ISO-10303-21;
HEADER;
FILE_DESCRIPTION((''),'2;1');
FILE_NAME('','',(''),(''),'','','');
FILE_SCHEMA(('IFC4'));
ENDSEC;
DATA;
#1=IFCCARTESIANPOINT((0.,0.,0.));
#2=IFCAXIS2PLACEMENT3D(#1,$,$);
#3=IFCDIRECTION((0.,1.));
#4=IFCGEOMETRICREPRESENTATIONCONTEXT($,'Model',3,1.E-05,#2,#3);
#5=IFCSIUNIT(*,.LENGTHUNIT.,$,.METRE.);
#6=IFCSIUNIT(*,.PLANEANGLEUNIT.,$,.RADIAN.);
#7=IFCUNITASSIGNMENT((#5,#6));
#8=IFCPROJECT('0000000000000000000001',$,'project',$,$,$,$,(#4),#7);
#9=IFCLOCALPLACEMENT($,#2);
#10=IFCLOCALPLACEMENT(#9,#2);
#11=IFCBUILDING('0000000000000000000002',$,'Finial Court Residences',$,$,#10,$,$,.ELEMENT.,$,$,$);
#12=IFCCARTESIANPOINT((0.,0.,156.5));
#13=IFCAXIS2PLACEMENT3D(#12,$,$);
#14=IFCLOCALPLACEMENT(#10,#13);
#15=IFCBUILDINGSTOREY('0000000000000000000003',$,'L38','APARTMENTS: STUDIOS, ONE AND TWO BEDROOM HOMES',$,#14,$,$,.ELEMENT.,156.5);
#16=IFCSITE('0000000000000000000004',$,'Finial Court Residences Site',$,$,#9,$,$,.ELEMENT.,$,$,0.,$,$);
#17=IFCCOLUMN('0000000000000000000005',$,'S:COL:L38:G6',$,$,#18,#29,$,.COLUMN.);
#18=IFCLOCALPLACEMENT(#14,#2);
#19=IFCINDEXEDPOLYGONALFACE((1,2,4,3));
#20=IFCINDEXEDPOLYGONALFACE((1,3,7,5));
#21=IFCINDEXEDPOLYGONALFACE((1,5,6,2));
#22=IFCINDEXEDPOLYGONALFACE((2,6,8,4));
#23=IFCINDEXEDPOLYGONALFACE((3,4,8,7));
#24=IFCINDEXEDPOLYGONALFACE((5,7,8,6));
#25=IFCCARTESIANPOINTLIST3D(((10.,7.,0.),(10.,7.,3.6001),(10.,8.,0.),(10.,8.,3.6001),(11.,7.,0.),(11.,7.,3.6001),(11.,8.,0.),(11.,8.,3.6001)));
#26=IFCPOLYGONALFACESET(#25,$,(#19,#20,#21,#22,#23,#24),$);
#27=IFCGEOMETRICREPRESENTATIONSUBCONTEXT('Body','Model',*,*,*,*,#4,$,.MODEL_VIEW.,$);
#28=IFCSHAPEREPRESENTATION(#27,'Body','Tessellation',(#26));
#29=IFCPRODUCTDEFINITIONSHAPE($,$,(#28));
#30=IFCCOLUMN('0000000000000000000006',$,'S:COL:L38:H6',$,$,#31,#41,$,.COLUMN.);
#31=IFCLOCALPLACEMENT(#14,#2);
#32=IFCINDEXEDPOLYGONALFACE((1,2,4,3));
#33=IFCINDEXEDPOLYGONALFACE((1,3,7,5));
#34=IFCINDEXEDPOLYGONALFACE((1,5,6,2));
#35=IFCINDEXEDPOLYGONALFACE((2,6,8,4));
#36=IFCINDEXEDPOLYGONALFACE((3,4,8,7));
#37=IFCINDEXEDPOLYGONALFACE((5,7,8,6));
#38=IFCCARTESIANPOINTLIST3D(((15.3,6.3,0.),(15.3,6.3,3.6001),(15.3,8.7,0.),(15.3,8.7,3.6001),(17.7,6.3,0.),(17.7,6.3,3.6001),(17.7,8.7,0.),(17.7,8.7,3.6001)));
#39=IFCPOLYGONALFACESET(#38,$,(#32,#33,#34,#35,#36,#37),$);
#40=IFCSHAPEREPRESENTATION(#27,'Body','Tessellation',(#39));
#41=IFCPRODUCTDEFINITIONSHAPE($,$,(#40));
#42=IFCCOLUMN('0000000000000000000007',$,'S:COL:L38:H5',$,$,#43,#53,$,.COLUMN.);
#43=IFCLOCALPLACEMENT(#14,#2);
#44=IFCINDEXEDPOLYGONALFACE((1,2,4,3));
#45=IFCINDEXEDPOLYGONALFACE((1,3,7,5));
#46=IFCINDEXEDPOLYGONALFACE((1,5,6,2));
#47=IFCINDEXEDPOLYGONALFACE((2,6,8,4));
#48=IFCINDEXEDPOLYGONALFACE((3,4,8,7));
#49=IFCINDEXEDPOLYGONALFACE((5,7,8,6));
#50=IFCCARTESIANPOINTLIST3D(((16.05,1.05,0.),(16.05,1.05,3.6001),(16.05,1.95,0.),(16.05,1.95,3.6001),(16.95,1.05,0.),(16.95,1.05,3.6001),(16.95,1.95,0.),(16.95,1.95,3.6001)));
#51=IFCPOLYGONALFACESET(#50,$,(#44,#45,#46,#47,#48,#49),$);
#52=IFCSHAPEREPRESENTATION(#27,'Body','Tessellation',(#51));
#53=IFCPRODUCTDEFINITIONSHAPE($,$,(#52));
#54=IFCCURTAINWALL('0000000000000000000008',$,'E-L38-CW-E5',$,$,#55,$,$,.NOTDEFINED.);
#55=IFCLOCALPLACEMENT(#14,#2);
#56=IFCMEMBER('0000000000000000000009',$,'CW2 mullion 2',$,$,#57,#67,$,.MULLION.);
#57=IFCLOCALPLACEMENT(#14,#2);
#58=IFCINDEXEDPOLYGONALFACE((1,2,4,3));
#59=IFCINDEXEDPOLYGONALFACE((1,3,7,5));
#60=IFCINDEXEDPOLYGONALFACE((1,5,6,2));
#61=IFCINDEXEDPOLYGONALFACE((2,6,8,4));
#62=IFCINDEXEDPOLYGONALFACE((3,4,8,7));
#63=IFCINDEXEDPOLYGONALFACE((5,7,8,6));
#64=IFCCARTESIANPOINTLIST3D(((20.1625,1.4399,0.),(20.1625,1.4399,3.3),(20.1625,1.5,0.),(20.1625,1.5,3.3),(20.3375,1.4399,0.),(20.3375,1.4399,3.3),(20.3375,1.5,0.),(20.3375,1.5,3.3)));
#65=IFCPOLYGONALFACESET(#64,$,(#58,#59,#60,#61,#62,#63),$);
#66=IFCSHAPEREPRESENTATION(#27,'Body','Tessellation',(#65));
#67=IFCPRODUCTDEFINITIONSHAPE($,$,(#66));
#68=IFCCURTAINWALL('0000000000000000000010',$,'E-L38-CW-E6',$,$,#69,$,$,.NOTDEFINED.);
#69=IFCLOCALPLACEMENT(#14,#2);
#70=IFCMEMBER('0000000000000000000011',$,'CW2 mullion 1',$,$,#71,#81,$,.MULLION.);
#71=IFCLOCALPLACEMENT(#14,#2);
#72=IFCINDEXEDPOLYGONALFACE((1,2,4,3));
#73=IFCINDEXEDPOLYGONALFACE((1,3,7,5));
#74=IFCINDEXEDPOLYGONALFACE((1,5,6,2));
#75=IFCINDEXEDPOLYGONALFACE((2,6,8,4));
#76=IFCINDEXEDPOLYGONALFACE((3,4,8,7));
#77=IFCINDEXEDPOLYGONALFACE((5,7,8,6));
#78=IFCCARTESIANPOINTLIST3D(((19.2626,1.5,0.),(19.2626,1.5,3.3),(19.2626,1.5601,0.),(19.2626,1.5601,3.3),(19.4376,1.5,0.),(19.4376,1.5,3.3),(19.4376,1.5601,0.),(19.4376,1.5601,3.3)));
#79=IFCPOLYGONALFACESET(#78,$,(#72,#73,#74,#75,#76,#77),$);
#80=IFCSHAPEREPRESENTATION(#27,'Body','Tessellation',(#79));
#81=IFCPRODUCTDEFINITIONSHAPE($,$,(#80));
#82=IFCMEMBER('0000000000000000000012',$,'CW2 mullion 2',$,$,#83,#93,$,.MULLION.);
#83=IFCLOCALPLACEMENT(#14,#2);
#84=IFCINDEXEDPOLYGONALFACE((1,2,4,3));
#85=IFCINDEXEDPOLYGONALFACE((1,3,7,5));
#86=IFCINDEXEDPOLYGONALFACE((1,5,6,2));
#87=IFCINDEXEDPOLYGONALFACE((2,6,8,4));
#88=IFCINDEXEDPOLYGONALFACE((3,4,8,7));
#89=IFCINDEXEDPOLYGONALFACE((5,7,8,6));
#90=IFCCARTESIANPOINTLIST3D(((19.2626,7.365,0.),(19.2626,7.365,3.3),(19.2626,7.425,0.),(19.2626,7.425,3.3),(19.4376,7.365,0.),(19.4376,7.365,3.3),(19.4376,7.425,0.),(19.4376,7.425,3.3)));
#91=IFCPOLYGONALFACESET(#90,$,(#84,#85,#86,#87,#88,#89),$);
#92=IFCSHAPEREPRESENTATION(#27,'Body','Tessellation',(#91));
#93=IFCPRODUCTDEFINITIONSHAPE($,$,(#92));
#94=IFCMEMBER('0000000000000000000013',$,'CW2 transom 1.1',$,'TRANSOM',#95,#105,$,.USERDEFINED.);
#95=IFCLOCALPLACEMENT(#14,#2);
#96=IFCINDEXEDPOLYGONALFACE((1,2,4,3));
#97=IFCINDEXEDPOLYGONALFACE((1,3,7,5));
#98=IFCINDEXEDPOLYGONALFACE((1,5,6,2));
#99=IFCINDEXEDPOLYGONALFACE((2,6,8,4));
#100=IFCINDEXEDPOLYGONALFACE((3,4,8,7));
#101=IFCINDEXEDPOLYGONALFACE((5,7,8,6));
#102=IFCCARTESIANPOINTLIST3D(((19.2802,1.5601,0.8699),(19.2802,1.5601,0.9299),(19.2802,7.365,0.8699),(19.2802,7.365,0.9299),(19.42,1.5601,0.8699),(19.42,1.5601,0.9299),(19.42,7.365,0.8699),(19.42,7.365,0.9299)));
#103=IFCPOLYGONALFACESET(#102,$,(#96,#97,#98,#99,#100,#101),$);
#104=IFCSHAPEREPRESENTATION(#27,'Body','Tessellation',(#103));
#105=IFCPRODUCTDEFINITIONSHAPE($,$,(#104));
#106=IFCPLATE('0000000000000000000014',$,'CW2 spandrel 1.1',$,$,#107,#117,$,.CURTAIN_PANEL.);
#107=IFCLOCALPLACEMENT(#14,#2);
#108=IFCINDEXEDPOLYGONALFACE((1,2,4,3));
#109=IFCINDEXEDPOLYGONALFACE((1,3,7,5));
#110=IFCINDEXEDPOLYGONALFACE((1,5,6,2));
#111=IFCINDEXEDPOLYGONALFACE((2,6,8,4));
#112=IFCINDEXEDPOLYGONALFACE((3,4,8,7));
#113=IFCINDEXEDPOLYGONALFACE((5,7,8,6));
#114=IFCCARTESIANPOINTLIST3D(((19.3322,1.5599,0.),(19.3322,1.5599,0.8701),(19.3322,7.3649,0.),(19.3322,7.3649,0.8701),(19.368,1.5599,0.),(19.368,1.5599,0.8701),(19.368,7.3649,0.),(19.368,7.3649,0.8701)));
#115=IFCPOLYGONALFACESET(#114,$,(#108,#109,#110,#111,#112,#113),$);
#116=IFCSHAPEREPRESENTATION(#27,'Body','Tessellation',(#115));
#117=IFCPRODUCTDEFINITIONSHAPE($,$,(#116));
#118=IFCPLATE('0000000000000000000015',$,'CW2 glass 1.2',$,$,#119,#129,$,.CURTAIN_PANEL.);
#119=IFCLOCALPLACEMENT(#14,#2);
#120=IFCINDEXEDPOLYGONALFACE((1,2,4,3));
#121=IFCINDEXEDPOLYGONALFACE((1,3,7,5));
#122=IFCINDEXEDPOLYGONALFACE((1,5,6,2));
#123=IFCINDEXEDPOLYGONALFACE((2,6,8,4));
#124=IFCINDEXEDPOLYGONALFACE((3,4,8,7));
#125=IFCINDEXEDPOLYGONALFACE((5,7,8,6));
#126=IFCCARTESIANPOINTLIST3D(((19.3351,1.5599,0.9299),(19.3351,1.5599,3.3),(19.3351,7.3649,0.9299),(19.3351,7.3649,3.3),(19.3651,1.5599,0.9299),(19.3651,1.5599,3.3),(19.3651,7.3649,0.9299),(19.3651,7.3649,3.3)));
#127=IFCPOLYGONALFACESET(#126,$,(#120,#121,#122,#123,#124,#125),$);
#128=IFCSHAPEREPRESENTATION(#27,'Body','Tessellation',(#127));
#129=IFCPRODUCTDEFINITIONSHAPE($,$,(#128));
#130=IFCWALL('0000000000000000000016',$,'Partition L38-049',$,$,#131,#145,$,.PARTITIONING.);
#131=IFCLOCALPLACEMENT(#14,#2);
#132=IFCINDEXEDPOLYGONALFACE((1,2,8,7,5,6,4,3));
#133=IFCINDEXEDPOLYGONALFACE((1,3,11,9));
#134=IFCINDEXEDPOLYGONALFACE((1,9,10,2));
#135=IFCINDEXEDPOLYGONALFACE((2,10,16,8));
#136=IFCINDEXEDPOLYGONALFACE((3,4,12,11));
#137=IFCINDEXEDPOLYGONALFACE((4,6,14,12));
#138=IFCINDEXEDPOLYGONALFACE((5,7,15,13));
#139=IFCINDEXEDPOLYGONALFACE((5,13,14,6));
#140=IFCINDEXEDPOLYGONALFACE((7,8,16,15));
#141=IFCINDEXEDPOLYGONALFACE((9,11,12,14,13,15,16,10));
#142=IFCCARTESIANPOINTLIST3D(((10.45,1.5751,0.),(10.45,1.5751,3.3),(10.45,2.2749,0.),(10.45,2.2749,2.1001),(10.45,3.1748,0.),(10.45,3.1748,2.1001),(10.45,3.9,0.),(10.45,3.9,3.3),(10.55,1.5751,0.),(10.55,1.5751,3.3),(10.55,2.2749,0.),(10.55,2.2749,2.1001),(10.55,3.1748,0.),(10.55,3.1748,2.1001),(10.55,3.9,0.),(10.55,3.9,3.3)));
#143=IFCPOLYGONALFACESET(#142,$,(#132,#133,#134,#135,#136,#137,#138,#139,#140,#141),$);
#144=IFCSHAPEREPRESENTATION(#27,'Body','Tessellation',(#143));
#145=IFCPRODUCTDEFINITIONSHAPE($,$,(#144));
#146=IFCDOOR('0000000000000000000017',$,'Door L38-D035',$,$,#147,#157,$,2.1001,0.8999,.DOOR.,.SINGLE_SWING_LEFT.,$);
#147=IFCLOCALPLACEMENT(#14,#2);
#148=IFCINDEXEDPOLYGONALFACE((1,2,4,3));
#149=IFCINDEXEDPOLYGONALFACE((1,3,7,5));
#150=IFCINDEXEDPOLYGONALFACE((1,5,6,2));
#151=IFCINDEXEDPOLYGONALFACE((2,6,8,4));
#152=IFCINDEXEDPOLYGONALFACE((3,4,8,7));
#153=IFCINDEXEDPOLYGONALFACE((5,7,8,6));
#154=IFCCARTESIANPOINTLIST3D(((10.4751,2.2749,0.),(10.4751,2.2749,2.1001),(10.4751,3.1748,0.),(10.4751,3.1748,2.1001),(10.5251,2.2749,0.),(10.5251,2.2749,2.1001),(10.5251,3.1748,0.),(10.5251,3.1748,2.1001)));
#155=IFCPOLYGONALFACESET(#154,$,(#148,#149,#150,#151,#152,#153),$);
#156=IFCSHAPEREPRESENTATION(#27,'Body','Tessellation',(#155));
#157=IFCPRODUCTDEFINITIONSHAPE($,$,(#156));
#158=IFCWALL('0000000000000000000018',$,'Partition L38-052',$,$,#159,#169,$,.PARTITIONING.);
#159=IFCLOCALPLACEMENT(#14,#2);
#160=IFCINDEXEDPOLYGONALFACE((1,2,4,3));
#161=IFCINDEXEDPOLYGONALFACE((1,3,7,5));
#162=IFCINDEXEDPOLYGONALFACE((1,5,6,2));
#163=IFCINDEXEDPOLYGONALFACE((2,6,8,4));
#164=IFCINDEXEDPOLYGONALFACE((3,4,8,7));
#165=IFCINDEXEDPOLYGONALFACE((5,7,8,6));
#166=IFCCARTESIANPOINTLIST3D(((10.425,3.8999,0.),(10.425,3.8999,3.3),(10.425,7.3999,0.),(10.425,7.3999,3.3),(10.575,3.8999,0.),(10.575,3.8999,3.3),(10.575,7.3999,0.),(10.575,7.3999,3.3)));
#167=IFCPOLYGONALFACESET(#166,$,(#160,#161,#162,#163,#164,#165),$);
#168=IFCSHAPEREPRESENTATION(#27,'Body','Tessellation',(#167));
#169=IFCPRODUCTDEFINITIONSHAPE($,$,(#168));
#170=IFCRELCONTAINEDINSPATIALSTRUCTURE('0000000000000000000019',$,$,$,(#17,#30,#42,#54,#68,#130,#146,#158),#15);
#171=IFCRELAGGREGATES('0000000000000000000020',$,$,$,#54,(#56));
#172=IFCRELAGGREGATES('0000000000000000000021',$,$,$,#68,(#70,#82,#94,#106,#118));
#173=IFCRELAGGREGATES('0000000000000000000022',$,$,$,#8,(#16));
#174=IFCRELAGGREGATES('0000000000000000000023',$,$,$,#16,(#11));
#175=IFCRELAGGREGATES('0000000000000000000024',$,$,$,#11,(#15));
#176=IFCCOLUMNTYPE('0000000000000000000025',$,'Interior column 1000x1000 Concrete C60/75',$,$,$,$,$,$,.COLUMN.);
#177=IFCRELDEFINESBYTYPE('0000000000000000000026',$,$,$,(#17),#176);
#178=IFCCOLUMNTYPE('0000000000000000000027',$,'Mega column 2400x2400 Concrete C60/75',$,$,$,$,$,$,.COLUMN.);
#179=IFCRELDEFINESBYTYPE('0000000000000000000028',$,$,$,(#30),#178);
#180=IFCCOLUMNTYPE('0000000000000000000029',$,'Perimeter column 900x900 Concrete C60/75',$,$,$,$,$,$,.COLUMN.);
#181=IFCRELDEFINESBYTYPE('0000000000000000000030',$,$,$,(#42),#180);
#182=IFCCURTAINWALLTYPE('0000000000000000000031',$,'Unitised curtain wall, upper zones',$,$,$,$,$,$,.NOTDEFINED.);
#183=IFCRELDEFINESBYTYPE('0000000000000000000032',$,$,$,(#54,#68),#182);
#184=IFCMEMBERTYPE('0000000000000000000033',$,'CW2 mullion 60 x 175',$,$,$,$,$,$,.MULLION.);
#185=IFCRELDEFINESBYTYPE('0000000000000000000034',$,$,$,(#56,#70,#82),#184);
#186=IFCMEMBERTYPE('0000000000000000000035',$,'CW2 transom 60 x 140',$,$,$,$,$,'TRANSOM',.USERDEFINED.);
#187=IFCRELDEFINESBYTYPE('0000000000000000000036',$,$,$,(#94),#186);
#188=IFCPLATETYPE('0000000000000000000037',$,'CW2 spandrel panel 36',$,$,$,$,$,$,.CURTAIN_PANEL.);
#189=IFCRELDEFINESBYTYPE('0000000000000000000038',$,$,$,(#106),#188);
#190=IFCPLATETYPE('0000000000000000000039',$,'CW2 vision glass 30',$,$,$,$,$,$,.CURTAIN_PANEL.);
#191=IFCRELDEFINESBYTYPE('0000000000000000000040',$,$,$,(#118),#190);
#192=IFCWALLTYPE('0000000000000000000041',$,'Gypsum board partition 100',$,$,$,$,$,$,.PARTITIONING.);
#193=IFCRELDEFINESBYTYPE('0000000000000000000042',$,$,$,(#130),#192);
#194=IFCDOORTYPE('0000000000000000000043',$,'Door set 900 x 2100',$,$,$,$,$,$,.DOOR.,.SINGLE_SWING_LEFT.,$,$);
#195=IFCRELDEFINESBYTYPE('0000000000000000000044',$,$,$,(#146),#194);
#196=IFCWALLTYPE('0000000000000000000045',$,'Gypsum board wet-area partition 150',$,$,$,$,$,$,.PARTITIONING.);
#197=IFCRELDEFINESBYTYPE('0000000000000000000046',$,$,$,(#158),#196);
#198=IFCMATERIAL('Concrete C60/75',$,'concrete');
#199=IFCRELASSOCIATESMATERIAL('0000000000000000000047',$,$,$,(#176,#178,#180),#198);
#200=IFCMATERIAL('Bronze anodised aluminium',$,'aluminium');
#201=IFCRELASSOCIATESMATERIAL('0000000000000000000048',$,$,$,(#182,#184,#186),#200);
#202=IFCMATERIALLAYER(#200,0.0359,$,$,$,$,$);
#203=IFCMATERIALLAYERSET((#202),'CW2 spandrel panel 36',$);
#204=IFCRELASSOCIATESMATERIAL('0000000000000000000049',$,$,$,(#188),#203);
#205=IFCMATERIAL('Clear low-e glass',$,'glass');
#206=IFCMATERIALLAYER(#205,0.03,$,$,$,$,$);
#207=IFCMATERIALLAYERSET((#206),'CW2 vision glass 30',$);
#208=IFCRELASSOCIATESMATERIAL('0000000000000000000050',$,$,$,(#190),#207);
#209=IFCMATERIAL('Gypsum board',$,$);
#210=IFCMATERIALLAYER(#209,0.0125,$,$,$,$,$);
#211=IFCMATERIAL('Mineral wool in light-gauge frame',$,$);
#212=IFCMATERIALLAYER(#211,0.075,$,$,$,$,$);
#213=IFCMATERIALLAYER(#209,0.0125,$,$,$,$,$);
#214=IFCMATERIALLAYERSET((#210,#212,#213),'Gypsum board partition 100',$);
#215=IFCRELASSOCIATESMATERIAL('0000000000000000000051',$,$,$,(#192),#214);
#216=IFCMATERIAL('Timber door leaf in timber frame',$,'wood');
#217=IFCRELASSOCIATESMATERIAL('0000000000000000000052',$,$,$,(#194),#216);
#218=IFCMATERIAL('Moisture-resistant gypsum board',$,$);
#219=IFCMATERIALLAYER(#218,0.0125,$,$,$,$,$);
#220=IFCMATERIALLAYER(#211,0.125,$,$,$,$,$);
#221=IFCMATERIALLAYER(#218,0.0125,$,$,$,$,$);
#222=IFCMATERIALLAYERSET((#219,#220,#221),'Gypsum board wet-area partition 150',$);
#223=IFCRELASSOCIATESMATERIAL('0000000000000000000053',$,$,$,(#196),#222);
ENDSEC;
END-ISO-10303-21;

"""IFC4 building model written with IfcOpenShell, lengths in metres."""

from ifc_helpers import new_model, si_unit, direction, frame, frame_2d, origin, origin_2d, place, context, subcontext, project, spatial, rectangle, extrude, material, layer, layer_set, material_profile, profile_set, type_object, element, fill, aggregate, save


model = new_model("IFC4")

# Units and contexts
model_context = context("Model", 3, precision=1e-05, world=origin(), true_north=direction((0.0, 1.0)))
body_context = subcontext(model_context, "Body", "Model", "MODEL_VIEW")
ifc_project = project(units=[si_unit("LENGTHUNIT", "METRE"), si_unit("PLANEANGLEUNIT", "RADIAN")], contexts=[model_context])

# Site, building, storey
site_placement = place(None, origin())
site = spatial("IfcSite", under=ifc_project, at=site_placement, Name="Finial Court Residences Site", CompositionType="ELEMENT", RefElevation=0.0)
building_placement = place(site_placement, origin())
building = spatial("IfcBuilding", under=site, at=building_placement, Name="Finial Court Residences", CompositionType="ELEMENT")
storey_placement = place(building_placement, frame((0.0, 0.0, 156.5)))
storey = spatial("IfcBuildingStorey", under=building, at=storey_placement, Name="L38", Description="APARTMENTS: STUDIOS, ONE AND TWO BEDROOM HOMES", CompositionType="ELEMENT", Elevation=156.5)

# Columns
ifc_material_1 = material(Name="Concrete C60/75", Category="concrete")
ifc_material_profile_1 = material_profile(ifc_material_1, rectangle(XDim=1.0, YDim=1.0, at=origin_2d()), Name="1000x1000")
ifc_profile_set_1 = profile_set([ifc_material_profile_1], Name="Concrete C60/75")
column_type_1 = type_object("IfcColumnType", Name="Interior column 1000x1000 Concrete C60/75", PredefinedType="COLUMN", material=ifc_profile_set_1)
column_1_placement = place(storey_placement, frame((10.5, 7.5, 0.0), z_axis=(0.0, 0.0, 1.0), x_axis=(1.0, 0.0, 0.0)))
element("IfcColumn", 1, at=column_1_placement, inside=storey, type_object=column_type_1, Name="S:COL:L38:G6", PredefinedType="COLUMN", context=body_context, shape_type="SweptSolid", body=[
    extrude(rectangle(XDim=1.0, YDim=1.0, at=origin_2d()), origin(), (0.0, 0.0, 1.0), 3.6001),
])
ifc_material_profile_2 = material_profile(ifc_material_1, rectangle(XDim=2.3999, YDim=2.3999, at=origin_2d()), Name="2400x2400")
ifc_profile_set_2 = profile_set([ifc_material_profile_2], Name="Concrete C60/75")
column_type_2 = type_object("IfcColumnType", Name="Mega column 2400x2400 Concrete C60/75", PredefinedType="COLUMN", material=ifc_profile_set_2)
column_2_placement = place(storey_placement, frame((16.5, 7.5, 0.0), z_axis=(0.0, 0.0, 1.0), x_axis=(1.0, 0.0, 0.0)))
element("IfcColumn", 2, at=column_2_placement, inside=storey, type_object=column_type_2, Name="S:COL:L38:H6", PredefinedType="COLUMN", context=body_context, shape_type="SweptSolid", body=[
    extrude(rectangle(XDim=2.3999, YDim=2.3999, at=origin_2d()), origin(), (0.0, 0.0, 1.0), 3.6001),
])
ifc_material_profile_3 = material_profile(ifc_material_1, rectangle(XDim=0.8999, YDim=0.8999, at=origin_2d()), Name="900x900")
ifc_profile_set_3 = profile_set([ifc_material_profile_3], Name="Concrete C60/75")
column_type_3 = type_object("IfcColumnType", Name="Perimeter column 900x900 Concrete C60/75", PredefinedType="COLUMN", material=ifc_profile_set_3)
column_3_placement = place(storey_placement, frame((16.5, 1.5, 0.0), z_axis=(0.0, 0.0, 1.0), x_axis=(1.0, 0.0, 0.0)))
element("IfcColumn", 3, at=column_3_placement, inside=storey, type_object=column_type_3, Name="S:COL:L38:H5", PredefinedType="COLUMN", context=body_context, shape_type="SweptSolid", body=[
    extrude(rectangle(XDim=0.8999, YDim=0.8999, at=origin_2d()), origin(), (0.0, 0.0, 1.0), 3.6001),
])

# Curtain wall, member
ifc_material_2 = material(Name="Bronze anodised aluminium", Category="aluminium")
curtain_wall_type = type_object("IfcCurtainWallType", Name="Unitised curtain wall, upper zones", PredefinedType="NOTDEFINED", material=ifc_material_2)
curtain_wall_1_placement = place(storey_placement, origin())
curtain_wall_1 = element("IfcCurtainWall", 4, at=curtain_wall_1_placement, inside=storey, type_object=curtain_wall_type, Name="E-L38-CW-E5", PredefinedType="NOTDEFINED")
ifc_material_profile_4 = material_profile(ifc_material_2, rectangle(XDim=0.175, YDim=0.0601, at=origin_2d()), Name="CW2 mullion 60 x 175")
ifc_profile_set_4 = profile_set([ifc_material_profile_4], Name="Bronze anodised aluminium")
member_type_1 = type_object("IfcMemberType", Name="CW2 mullion 60 x 175", PredefinedType="MULLION", material=ifc_profile_set_4)
member_1_placement = place(storey_placement, frame((20.25, 1.47, 0.0), z_axis=(0.0, 0.0, 1.0), x_axis=(-1.0, 0.0, 0.0)))
member_1 = element("IfcMember", 5, at=member_1_placement, type_object=member_type_1, Name="CW2 mullion 2", PredefinedType="MULLION", context=body_context, shape_type="SweptSolid", body=[
    extrude(rectangle(XDim=0.175, YDim=0.0601, at=origin_2d()), origin(), (0.0, 0.0, 1.0), 3.3),
])
aggregate(curtain_wall_1, [member_1])

# Curtain wall, members, plates
curtain_wall_2_placement = place(storey_placement, origin())
curtain_wall_2 = element("IfcCurtainWall", 6, at=curtain_wall_2_placement, inside=storey, type_object=curtain_wall_type, Name="E-L38-CW-E6", PredefinedType="NOTDEFINED")
member_2_placement = place(storey_placement, frame((19.3501, 1.53, 0.0), z_axis=(0.0, 0.0, 1.0), x_axis=(-1.0, 0.0, 0.0)))
member_2 = element("IfcMember", 7, at=member_2_placement, type_object=member_type_1, Name="CW2 mullion 1", PredefinedType="MULLION", context=body_context, shape_type="SweptSolid", body=[
    extrude(rectangle(XDim=0.175, YDim=0.0601, at=origin_2d()), origin(), (0.0, 0.0, 1.0), 3.3),
])
member_3_placement = place(storey_placement, frame((19.3501, 7.395, 0.0), z_axis=(0.0, 0.0, 1.0), x_axis=(-1.0, 0.0, 0.0)))
member_3 = element("IfcMember", 8, at=member_3_placement, type_object=member_type_1, Name="CW2 mullion 2", PredefinedType="MULLION", context=body_context, shape_type="SweptSolid", body=[
    extrude(rectangle(XDim=0.175, YDim=0.0601, at=origin_2d()), origin(), (0.0, 0.0, 1.0), 3.3),
])
ifc_material_profile_5 = material_profile(ifc_material_2, rectangle(XDim=0.1399, YDim=0.0601, at=origin_2d()), Name="CW2 transom 60 x 140")
ifc_profile_set_5 = profile_set([ifc_material_profile_5], Name="Bronze anodised aluminium")
member_type_2 = type_object("IfcMemberType", Name="CW2 transom 60 x 140", ElementType="TRANSOM", PredefinedType="USERDEFINED", material=ifc_profile_set_5)
member_4_placement = place(storey_placement, frame((19.3501, 1.5601, 0.8999), z_axis=(0.0, 1.0, 0.0), x_axis=(-1.0, 0.0, 0.0)))
member_4 = element("IfcMember", 9, at=member_4_placement, type_object=member_type_2, Name="CW2 transom 1.1", ObjectType="TRANSOM", PredefinedType="USERDEFINED", context=body_context, shape_type="SweptSolid", body=[
    extrude(rectangle(XDim=0.1399, YDim=0.0601, at=origin_2d()), origin(), (0.0, 0.0, 1.0), 5.8049),
])
ifc_layer_1 = layer(ifc_material_2, 0.0359)
ifc_layer_set_1 = layer_set([ifc_layer_1], Name="CW2 spandrel panel 36")
plate_type_1 = type_object("IfcPlateType", Name="CW2 spandrel panel 36", PredefinedType="CURTAIN_PANEL", material=ifc_layer_set_1)
plate_1_placement = place(storey_placement, frame((19.3501, 4.4624, 0.0), z_axis=(0.0, 0.0, 1.0), x_axis=(0.0, 1.0, 0.0)))
plate_1 = element("IfcPlate", 10, at=plate_1_placement, type_object=plate_type_1, Name="CW2 spandrel 1.1", PredefinedType="CURTAIN_PANEL", context=body_context, shape_type="SweptSolid", body=[
    extrude(rectangle(XDim=5.8049, YDim=0.0359, at=origin_2d()), origin(), (0.0, 0.0, 1.0), 0.8701),
])
ifc_material_3 = material(Name="Clear low-e glass", Category="glass")
ifc_layer_2 = layer(ifc_material_3, 0.03)
ifc_layer_set_2 = layer_set([ifc_layer_2], Name="CW2 vision glass 30")
plate_type_2 = type_object("IfcPlateType", Name="CW2 vision glass 30", PredefinedType="CURTAIN_PANEL", material=ifc_layer_set_2)
plate_2_placement = place(storey_placement, frame((19.3501, 4.4624, 0.9299), z_axis=(0.0, 0.0, 1.0), x_axis=(0.0, 1.0, 0.0)))
plate_2 = element("IfcPlate", 11, at=plate_2_placement, type_object=plate_type_2, Name="CW2 glass 1.2", PredefinedType="CURTAIN_PANEL", context=body_context, shape_type="SweptSolid", body=[
    extrude(rectangle(XDim=5.8049, YDim=0.03, at=origin_2d()), origin(), (0.0, 0.0, 1.0), 2.3701),
])
aggregate(curtain_wall_2, [member_2, member_3, member_4, plate_1, plate_2])

# Wall, opening, door
ifc_material_4 = material(Name="Gypsum board")
ifc_layer_3 = layer(ifc_material_4, 0.0125)
ifc_material_5 = material(Name="Mineral wool in light-gauge frame")
ifc_layer_4 = layer(ifc_material_5, 0.075)
ifc_layer_5 = layer(ifc_material_4, 0.0125)
ifc_layer_set_3 = layer_set([ifc_layer_3, ifc_layer_4, ifc_layer_5], Name="Gypsum board partition 100")
wall_type_1 = type_object("IfcWallType", Name="Gypsum board partition 100", PredefinedType="PARTITIONING", material=ifc_layer_set_3)
wall_1_placement = place(storey_placement, frame((10.5, 1.575, 0.0), z_axis=(0.0, 0.0, 1.0), x_axis=(0.0, 1.0, 0.0)))
wall_1 = element("IfcWall", 12, at=wall_1_placement, inside=storey, type_object=wall_type_1, Name="Partition L38-049", PredefinedType="PARTITIONING", context=body_context, shape_type="SweptSolid", body=[
    extrude(rectangle(XDim=2.325, YDim=0.1001, at=frame_2d((1.1626, 0.0))), origin(), (0.0, 0.0, 1.0), 3.3),
])
opening_1_placement = place(wall_1_placement, frame((0.7, 0.0, 0.0)))
opening_1 = element("IfcOpeningElement", 13, at=opening_1_placement, cuts=wall_1, PredefinedType="OPENING", context=body_context, shape_type="SweptSolid", body=[
    extrude(rectangle(XDim=0.8999, YDim=2.1001, at=frame_2d((0.45, 1.05))), frame((0.0, 0.0601, 0.0), z_axis=(0.0, -1.0, 0.0), x_axis=(1.0, 0.0, 0.0)), (0.0, 0.0, 1.0), 0.1201),
])
ifc_material_6 = material(Name="Timber door leaf in timber frame", Category="wood")
door_type_1 = type_object("IfcDoorType", Name="Door set 900 x 2100", OperationType="SINGLE_SWING_LEFT", PredefinedType="DOOR", material=ifc_material_6)
door_1_placement = place(opening_1_placement, origin())
door_1 = element("IfcDoor", 14, at=door_1_placement, inside=storey, type_object=door_type_1, Name="Door L38-D035", OperationType="SINGLE_SWING_LEFT", OverallHeight=2.1001, OverallWidth=0.8999, PredefinedType="DOOR", context=body_context, shape_type="SweptSolid", body=[
    extrude(rectangle(XDim=0.8999, YDim=2.1001, at=frame_2d((0.45, 1.05))), frame((0.0, 0.0249, 0.0), z_axis=(0.0, -1.0, 0.0), x_axis=(1.0, 0.0, 0.0)), (0.0, 0.0, 1.0), 0.05),
])
fill(opening_1, door_1)

# Wall
ifc_material_7 = material(Name="Moisture-resistant gypsum board")
ifc_layer_6 = layer(ifc_material_7, 0.0125)
ifc_layer_7 = layer(ifc_material_5, 0.125)
ifc_layer_8 = layer(ifc_material_7, 0.0125)
ifc_layer_set_4 = layer_set([ifc_layer_6, ifc_layer_7, ifc_layer_8], Name="Gypsum board wet-area partition 150")
wall_type_2 = type_object("IfcWallType", Name="Gypsum board wet-area partition 150", PredefinedType="PARTITIONING", material=ifc_layer_set_4)
wall_2_placement = place(storey_placement, frame((10.5, 3.8999, 0.0), z_axis=(0.0, 0.0, 1.0), x_axis=(0.0, 1.0, 0.0)))
element("IfcWall", 15, at=wall_2_placement, inside=storey, type_object=wall_type_2, Name="Partition L38-052", PredefinedType="PARTITIONING", context=body_context, shape_type="SweptSolid", body=[
    extrude(rectangle(XDim=3.5, YDim=0.1499, at=frame_2d((1.75, 0.0))), origin(), (0.0, 0.0, 1.0), 3.3),
])

save(model, "model.ifc")
